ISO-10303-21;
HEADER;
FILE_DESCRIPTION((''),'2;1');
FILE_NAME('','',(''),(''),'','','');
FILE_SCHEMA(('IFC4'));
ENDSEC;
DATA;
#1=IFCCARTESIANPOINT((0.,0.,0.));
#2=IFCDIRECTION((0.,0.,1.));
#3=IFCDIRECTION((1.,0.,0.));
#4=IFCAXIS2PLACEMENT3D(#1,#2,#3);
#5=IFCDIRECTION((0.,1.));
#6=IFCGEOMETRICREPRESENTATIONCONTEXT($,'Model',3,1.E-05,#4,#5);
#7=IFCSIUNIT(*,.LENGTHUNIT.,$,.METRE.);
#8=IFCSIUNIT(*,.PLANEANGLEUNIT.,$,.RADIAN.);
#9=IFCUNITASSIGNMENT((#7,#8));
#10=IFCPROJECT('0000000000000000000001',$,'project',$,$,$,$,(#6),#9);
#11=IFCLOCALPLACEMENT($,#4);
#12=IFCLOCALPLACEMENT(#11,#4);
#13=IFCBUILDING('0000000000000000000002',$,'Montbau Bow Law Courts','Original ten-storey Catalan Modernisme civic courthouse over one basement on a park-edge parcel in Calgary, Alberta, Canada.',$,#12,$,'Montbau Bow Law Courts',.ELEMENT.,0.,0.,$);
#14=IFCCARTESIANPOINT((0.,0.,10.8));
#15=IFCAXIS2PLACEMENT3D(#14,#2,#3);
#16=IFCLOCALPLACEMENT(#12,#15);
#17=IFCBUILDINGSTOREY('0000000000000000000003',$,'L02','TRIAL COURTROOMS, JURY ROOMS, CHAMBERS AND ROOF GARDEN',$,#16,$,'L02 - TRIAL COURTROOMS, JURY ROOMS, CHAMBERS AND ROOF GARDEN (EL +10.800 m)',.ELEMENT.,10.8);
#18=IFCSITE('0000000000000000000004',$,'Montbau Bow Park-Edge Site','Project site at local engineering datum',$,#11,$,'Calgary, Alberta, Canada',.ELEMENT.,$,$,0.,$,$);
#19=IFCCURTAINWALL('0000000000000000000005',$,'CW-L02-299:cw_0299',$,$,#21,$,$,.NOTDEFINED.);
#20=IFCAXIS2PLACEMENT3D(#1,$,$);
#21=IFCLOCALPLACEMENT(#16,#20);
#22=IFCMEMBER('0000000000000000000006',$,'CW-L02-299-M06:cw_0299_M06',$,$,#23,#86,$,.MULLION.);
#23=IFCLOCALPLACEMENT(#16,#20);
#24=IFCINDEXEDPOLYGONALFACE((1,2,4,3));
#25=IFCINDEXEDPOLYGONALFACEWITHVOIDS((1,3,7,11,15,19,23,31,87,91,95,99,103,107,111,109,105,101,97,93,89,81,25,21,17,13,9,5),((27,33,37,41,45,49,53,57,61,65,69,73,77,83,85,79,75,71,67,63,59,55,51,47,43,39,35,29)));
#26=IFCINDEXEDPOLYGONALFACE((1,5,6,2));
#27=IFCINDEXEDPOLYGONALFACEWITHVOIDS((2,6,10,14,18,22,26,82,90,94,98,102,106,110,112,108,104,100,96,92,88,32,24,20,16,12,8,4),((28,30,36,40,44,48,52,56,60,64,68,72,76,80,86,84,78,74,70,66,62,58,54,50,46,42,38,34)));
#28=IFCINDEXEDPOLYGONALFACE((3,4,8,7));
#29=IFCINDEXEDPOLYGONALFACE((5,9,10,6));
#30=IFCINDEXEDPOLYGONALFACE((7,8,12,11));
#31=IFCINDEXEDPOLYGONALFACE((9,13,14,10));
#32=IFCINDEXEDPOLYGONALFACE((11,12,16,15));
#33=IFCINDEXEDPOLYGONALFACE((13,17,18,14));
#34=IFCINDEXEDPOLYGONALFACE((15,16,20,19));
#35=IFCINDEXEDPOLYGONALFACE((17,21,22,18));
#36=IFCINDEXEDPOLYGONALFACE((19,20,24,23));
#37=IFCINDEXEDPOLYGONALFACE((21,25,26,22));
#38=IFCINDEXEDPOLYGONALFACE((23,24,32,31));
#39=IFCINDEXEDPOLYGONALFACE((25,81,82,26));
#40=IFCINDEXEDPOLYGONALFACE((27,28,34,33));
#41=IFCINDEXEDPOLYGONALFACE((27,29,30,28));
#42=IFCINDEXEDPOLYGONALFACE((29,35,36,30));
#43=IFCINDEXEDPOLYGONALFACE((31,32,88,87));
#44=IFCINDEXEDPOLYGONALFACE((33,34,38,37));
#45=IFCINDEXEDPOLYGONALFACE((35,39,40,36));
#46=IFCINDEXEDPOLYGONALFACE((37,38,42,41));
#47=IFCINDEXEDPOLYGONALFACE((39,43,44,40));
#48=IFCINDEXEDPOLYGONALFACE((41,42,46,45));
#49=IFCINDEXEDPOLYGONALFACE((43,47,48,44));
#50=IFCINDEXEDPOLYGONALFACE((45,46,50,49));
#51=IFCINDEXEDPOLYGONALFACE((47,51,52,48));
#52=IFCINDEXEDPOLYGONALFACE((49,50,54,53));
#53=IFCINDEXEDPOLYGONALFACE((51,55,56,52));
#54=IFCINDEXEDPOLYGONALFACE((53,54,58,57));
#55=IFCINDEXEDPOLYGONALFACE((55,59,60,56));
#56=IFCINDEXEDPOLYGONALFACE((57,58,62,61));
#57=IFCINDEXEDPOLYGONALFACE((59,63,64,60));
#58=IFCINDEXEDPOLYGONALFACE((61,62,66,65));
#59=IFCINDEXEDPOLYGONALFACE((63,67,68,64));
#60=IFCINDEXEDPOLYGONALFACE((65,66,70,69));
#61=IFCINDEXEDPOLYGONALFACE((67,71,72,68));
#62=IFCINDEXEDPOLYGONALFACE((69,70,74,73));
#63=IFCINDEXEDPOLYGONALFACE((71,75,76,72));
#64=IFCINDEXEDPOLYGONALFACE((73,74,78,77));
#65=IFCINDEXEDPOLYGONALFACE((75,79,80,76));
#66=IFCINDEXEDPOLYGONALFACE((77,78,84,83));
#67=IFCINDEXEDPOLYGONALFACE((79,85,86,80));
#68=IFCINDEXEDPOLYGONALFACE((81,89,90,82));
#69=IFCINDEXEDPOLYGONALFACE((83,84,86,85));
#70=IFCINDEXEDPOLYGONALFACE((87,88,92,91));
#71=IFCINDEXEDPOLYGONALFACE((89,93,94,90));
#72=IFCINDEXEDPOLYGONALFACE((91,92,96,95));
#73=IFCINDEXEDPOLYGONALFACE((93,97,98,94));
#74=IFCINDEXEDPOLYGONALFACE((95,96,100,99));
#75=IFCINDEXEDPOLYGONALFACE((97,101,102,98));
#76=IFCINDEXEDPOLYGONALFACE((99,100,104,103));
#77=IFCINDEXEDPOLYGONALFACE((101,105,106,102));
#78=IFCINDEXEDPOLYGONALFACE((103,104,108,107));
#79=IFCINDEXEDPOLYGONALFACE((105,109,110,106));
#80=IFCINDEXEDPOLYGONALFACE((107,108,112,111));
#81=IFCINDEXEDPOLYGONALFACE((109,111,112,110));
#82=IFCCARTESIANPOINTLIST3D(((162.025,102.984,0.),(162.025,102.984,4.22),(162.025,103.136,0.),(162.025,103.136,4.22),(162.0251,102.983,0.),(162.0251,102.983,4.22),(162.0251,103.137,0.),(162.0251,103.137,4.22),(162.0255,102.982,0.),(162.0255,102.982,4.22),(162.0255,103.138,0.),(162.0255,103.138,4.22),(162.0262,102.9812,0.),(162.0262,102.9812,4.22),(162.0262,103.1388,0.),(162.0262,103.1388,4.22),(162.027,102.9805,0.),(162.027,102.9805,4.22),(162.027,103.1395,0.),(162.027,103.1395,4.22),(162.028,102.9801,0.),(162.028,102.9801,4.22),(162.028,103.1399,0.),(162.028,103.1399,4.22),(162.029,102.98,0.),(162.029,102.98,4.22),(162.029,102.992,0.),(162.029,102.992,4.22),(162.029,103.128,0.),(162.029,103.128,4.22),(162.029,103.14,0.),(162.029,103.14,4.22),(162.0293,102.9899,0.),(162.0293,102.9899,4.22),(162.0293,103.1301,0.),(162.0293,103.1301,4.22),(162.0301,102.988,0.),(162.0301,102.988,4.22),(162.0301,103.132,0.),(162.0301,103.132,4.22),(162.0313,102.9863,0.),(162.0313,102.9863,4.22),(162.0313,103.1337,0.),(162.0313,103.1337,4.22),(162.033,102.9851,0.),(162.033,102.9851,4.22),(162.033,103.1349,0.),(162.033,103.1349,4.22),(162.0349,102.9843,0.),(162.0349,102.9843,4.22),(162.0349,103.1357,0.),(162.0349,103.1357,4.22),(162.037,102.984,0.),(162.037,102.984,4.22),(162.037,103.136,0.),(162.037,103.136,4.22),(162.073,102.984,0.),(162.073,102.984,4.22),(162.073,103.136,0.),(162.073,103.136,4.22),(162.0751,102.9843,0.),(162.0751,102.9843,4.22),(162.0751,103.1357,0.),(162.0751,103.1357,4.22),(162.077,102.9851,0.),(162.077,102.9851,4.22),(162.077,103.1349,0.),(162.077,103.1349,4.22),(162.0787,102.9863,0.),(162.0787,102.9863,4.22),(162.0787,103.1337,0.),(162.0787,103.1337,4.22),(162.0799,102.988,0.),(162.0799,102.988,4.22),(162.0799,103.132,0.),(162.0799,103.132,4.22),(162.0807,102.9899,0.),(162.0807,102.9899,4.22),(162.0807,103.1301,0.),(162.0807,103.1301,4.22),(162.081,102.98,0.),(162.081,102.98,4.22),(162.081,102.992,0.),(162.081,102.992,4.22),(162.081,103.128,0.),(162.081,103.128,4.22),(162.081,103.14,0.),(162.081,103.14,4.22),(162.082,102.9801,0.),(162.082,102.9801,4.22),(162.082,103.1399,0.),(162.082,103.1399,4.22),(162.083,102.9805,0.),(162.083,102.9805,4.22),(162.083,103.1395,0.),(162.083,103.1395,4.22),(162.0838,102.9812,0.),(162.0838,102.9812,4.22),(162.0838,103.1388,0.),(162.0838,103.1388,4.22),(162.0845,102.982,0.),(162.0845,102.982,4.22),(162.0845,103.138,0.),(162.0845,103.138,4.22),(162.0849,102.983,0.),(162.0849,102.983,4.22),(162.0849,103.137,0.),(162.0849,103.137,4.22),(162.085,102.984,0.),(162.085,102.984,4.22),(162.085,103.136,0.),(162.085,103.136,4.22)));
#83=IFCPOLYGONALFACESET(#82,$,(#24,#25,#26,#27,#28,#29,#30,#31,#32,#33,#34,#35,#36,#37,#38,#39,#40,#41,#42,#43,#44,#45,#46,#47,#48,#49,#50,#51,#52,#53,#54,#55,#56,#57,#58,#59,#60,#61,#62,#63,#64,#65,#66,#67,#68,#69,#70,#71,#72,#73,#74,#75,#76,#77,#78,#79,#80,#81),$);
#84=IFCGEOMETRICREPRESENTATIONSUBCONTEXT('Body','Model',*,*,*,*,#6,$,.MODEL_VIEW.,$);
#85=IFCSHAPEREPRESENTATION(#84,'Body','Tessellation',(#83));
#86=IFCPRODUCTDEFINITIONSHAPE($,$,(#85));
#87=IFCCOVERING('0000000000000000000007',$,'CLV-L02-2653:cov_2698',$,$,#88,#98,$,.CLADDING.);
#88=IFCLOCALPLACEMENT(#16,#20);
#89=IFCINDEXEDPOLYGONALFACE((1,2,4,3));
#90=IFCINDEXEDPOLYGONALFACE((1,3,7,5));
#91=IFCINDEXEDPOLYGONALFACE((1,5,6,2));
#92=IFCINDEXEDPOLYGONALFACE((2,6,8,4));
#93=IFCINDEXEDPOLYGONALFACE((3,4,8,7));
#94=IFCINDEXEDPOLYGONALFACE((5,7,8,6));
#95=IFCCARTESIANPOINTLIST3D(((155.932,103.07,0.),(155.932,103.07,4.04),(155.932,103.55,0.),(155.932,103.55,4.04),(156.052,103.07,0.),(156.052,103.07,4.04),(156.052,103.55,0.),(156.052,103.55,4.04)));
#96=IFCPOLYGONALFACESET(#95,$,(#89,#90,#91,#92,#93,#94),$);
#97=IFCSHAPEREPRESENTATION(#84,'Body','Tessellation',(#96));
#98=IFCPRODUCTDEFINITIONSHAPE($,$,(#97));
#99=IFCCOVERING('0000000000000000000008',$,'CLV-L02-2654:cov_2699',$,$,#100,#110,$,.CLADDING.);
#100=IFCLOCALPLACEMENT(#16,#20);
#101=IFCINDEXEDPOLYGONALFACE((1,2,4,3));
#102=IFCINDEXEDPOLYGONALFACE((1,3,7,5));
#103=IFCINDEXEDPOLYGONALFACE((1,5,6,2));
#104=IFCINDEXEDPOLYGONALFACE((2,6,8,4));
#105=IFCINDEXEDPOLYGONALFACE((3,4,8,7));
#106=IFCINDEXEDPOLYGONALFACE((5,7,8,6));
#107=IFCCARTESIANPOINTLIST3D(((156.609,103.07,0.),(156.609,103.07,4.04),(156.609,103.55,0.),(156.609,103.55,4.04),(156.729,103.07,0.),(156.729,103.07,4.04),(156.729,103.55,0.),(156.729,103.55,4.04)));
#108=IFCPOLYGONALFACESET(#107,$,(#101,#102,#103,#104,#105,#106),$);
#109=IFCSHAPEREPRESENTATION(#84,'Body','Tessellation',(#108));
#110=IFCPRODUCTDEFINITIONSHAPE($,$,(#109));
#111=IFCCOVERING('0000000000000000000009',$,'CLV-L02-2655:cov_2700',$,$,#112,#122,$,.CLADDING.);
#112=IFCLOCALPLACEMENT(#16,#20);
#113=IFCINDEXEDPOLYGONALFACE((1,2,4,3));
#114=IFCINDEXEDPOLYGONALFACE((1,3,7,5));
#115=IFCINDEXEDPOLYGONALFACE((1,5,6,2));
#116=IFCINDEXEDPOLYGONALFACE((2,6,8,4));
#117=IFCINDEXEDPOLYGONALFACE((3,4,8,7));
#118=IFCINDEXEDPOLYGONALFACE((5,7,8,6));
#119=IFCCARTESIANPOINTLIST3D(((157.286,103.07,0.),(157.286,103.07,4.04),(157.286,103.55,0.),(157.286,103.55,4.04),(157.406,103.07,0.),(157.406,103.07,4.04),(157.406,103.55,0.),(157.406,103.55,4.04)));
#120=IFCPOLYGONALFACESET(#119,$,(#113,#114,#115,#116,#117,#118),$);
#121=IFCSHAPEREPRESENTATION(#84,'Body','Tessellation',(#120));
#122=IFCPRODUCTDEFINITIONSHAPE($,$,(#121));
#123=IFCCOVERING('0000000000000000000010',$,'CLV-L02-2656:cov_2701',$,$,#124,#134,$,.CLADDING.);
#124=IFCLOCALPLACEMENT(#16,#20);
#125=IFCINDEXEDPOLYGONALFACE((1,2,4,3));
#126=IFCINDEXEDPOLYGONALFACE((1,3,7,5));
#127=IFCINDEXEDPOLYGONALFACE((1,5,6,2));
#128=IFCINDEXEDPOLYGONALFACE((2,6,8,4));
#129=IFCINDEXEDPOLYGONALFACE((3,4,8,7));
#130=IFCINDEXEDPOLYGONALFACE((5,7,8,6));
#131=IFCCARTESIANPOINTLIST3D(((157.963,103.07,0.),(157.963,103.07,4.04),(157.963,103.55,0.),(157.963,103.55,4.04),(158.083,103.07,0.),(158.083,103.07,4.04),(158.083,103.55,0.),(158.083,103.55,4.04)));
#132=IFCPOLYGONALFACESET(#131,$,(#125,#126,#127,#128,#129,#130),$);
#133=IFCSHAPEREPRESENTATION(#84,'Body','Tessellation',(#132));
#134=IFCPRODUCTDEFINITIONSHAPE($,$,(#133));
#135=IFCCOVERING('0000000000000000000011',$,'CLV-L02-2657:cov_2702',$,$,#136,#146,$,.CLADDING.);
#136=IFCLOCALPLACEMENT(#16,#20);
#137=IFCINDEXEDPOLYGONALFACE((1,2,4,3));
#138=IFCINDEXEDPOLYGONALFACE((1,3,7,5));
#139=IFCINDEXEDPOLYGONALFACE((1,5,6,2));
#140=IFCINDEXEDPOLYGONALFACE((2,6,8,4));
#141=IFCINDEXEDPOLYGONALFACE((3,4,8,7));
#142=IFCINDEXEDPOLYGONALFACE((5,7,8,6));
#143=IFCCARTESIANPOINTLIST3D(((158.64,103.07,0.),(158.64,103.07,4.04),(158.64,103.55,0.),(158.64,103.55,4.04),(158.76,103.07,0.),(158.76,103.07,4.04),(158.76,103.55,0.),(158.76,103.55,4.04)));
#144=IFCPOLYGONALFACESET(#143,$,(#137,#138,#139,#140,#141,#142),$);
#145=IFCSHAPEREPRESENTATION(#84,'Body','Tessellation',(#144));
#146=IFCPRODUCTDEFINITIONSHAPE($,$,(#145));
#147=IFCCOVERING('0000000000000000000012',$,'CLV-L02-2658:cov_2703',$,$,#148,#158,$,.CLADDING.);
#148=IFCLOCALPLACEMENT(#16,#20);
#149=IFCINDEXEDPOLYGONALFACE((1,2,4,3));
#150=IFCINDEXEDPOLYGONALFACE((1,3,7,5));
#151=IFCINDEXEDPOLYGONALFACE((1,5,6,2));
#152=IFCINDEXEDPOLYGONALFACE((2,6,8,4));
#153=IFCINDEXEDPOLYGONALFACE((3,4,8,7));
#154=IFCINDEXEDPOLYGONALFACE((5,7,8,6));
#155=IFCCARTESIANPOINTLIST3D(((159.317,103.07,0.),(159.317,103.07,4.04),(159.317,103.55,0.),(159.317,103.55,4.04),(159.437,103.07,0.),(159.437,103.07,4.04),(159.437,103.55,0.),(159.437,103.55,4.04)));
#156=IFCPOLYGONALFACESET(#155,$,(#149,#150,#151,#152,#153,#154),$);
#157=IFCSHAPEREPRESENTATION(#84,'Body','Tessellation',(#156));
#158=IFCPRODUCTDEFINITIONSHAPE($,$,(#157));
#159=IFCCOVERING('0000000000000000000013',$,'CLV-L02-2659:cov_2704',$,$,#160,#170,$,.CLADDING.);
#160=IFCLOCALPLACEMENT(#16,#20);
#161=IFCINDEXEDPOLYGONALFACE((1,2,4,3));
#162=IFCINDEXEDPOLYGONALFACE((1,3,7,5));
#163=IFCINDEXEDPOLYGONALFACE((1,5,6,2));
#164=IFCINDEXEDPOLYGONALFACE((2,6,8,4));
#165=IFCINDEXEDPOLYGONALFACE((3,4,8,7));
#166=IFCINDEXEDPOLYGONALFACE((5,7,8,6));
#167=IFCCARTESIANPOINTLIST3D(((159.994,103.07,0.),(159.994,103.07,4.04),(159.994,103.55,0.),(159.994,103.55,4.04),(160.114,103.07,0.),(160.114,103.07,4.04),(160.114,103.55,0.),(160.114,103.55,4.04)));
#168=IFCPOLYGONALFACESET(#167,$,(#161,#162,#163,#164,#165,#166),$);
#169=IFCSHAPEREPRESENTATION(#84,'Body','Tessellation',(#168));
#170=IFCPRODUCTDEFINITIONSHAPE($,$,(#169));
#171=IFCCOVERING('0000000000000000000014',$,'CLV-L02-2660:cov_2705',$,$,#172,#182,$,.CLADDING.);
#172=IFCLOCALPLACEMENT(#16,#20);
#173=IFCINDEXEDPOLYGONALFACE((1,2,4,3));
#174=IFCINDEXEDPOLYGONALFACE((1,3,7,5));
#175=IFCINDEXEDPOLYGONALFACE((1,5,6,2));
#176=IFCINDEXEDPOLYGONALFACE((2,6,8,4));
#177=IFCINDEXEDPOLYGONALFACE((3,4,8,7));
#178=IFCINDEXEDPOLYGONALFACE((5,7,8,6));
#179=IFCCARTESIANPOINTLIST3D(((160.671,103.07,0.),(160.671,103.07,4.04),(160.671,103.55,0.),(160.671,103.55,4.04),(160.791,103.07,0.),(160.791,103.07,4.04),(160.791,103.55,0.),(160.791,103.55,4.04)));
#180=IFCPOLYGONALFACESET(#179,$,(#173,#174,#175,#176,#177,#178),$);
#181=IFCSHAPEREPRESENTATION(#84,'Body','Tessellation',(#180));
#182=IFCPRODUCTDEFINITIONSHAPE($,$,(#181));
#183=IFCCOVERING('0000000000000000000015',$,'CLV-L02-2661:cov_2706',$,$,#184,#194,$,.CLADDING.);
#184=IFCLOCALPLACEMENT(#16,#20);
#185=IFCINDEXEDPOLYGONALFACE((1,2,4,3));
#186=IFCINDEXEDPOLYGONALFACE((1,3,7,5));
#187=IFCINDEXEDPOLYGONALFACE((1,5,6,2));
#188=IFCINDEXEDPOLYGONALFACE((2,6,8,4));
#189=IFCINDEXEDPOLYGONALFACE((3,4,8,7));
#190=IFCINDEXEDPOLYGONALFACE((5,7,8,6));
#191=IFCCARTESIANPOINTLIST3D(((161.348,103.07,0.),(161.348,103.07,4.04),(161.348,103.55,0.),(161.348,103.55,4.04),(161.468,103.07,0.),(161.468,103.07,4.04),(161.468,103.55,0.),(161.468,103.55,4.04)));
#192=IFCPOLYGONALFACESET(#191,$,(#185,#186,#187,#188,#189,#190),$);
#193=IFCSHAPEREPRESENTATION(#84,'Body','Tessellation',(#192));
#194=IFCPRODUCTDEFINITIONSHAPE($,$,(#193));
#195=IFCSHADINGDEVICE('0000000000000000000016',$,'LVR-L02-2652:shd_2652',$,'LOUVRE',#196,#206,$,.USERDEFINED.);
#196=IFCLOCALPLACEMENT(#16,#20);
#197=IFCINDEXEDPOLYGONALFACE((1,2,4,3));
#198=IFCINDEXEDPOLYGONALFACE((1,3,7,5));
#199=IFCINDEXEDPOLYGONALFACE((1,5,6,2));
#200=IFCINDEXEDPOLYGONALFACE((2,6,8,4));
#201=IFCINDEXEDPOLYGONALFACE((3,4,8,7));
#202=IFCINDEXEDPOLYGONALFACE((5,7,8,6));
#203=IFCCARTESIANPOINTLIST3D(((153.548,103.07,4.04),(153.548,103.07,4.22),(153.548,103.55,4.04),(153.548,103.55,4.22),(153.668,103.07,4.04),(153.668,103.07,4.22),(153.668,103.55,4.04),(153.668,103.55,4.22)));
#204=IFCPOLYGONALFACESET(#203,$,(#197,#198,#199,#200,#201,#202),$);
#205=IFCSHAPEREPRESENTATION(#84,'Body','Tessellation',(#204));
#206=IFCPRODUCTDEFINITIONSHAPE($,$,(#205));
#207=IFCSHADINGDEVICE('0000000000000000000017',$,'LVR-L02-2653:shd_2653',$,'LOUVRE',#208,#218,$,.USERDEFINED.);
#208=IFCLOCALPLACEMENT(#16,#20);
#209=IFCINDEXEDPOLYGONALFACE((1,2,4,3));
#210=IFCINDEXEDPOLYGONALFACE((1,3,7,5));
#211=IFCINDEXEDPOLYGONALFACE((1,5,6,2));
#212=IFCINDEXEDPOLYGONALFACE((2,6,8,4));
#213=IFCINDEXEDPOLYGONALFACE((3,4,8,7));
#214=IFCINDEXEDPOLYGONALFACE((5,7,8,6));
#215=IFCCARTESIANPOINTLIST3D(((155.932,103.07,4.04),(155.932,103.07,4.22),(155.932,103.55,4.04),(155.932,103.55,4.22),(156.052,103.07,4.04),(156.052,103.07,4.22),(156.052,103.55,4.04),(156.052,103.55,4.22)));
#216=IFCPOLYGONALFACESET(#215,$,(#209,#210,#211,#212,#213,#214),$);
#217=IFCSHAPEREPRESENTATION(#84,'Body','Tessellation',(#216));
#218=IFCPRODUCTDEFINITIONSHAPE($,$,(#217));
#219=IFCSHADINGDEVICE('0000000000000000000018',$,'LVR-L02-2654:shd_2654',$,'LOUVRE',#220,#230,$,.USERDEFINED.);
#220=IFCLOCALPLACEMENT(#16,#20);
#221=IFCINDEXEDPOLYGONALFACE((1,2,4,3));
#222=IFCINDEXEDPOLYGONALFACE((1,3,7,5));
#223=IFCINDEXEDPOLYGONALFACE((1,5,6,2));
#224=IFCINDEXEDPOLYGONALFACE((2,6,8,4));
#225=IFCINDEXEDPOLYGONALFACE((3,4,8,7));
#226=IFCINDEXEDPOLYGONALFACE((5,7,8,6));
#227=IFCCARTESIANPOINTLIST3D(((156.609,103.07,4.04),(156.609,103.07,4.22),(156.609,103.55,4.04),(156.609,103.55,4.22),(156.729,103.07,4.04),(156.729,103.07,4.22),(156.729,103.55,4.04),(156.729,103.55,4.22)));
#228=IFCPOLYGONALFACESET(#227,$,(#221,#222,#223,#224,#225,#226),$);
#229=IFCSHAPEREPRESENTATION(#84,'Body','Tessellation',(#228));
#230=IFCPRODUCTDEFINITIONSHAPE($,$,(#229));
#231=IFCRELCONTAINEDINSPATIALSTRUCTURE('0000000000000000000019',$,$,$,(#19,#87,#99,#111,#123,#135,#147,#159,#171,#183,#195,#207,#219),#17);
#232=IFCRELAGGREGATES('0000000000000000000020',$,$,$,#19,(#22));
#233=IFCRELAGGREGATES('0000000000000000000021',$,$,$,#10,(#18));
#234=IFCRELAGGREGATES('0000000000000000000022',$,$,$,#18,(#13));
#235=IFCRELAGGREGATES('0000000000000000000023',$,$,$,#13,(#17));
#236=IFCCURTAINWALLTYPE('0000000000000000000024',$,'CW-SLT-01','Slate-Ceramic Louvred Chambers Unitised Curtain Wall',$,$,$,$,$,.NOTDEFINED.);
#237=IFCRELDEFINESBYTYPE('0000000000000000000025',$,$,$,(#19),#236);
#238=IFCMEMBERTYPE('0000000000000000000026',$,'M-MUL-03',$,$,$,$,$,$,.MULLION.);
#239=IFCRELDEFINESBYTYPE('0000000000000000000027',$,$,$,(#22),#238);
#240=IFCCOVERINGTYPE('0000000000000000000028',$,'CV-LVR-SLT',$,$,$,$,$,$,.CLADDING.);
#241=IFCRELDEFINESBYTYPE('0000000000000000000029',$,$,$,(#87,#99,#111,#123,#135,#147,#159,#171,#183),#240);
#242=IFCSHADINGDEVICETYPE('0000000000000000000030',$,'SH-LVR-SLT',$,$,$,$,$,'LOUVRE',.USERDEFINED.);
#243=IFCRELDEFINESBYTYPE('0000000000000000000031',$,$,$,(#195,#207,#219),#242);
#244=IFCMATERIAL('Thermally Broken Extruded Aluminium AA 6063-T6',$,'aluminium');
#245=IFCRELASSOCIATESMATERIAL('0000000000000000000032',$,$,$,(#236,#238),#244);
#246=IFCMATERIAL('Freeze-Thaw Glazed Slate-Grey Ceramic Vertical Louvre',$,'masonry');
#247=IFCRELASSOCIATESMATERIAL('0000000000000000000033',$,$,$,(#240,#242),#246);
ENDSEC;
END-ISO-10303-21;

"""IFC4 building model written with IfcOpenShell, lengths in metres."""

from ifc_helpers import new_model, si_unit, direction, frame, frame_2d, origin_with_axes, origin_2d_with_axis, place, context, subcontext, project, spatial, rectangle, hollow_rectangle, extrude, material, material_profile, profile_set, type_object, element, aggregate, save


model = new_model("IFC4")

# Units and contexts
model_context = context("Model", 3, precision=1e-05, world=origin_with_axes(), true_north=direction((0.0, 1.0)))
body_context = subcontext(model_context, "Body", "Model", "MODEL_VIEW")
ifc_project = project(units=[si_unit("LENGTHUNIT", "METRE"), si_unit("PLANEANGLEUNIT", "RADIAN")], contexts=[model_context])

# Site, building, storey
site_placement = place(None, origin_with_axes())
site = spatial("IfcSite", under=ifc_project, at=site_placement, Name="Montbau Bow Park-Edge Site", Description="Project site at local engineering datum", LongName="Calgary, Alberta, Canada", CompositionType="ELEMENT", RefElevation=0.0)
building_placement = place(site_placement, origin_with_axes())
building = spatial("IfcBuilding", under=site, at=building_placement, Name="Montbau Bow Law Courts", Description="Original ten-storey Catalan Modernisme civic courthouse over one basement on a park-edge parcel in Calgary, Alberta, Canada.", LongName="Montbau Bow Law Courts", CompositionType="ELEMENT", ElevationOfRefHeight=0.0, ElevationOfTerrain=0.0)
storey_placement = place(building_placement, frame((0.0, 0.0, 10.8), z_axis=(0.0, 0.0, 1.0), x_axis=(1.0, 0.0, 0.0)))
storey = spatial("IfcBuildingStorey", under=building, at=storey_placement, Name="L02", Description="TRIAL COURTROOMS, JURY ROOMS, CHAMBERS AND ROOF GARDEN", LongName="L02 - TRIAL COURTROOMS, JURY ROOMS, CHAMBERS AND ROOF GARDEN (EL +10.800 m)", CompositionType="ELEMENT", Elevation=10.8)

# Curtain wall, member
ifc_material_1 = material(Name="Thermally Broken Extruded Aluminium AA 6063-T6", Category="aluminium")
curtain_wall_type = type_object("IfcCurtainWallType", Name="CW-SLT-01", Description="Slate-Ceramic Louvred Chambers Unitised Curtain Wall", PredefinedType="NOTDEFINED", material=ifc_material_1)
curtain_wall_1_placement = place(None, frame((155.315, 103.06, 10.8), z_axis=(0.0, 0.0, 1.0), x_axis=(1.0, 0.0, 0.0)))
curtain_wall_1 = element("IfcCurtainWall", 1, at=curtain_wall_1_placement, inside=storey, type_object=curtain_wall_type, Name="CW-L02-299:cw_0299", PredefinedType="NOTDEFINED")
ifc_material_profile_1 = material_profile(ifc_material_1, hollow_rectangle(XDim=0.06, YDim=0.16, WallThickness=0.004, InnerFilletRadius=0.008, OuterFilletRadius=0.004, at=origin_2d_with_axis()), Name="CWM-160X60", Category="Main", Priority=0)
ifc_profile_set_1 = profile_set([ifc_material_profile_1], Name="Thermally Broken Extruded Aluminium AA 6063-T6")
member_type_1 = type_object("IfcMemberType", Name="M-MUL-03", PredefinedType="MULLION", material=ifc_profile_set_1)
member_1_placement = place(None, frame((162.055, 103.06, 10.8), z_axis=(0.0, 0.0, 1.0), x_axis=(1.0, 0.0, 0.0)))
member_1 = element("IfcMember", 2, at=member_1_placement, type_object=member_type_1, Name="CW-L02-299-M06:cw_0299_M06", PredefinedType="MULLION", context=body_context, shape_type="SweptSolid", body=[
    extrude(hollow_rectangle(XDim=0.06, YDim=0.16, WallThickness=0.004, InnerFilletRadius=0.008, OuterFilletRadius=0.004, at=origin_2d_with_axis()), origin_with_axes(), (0.0, 0.0, 1.0), 4.22),
])
aggregate(curtain_wall_1, [member_1])

# Coverings
ifc_material_2 = material(Name="Freeze-Thaw Glazed Slate-Grey Ceramic Vertical Louvre", Category="masonry")
covering_type = type_object("IfcCoveringType", Name="CV-LVR-SLT", PredefinedType="CLADDING", material=ifc_material_2)
for number, where, z_axis, x_axis, name in (
    (3, (155.992, 103.07, 10.8), (1.0, 0.0, 0.0), (0.0, 1.0, 0.0), "CLV-L02-2653:cov_2698"),
    (4, (156.669, 103.07, 10.8), (1.0, 0.0, 0.0), (0.0, 1.0, 0.0), "CLV-L02-2654:cov_2699"),
    (5, (157.346, 103.07, 10.8), (1.0, 0.0, 0.0), (0.0, 1.0, 0.0), "CLV-L02-2655:cov_2700"),
    (6, (158.023, 103.07, 10.8), (1.0, 0.0, 0.0), (0.0, 1.0, 0.0), "CLV-L02-2656:cov_2701"),
    (7, (158.7, 103.07, 10.8), (1.0, 0.0, 0.0), (0.0, 1.0, 0.0), "CLV-L02-2657:cov_2702"),
    (8, (159.377, 103.07, 10.8), (1.0, 0.0, 0.0), (0.0, 1.0, 0.0), "CLV-L02-2658:cov_2703"),
    (9, (160.054, 103.07, 10.8), (1.0, 0.0, 0.0), (0.0, 1.0, 0.0), "CLV-L02-2659:cov_2704"),
    (10, (160.731, 103.07, 10.8), (1.0, 0.0, 0.0), (0.0, 1.0, 0.0), "CLV-L02-2660:cov_2705"),
    (11, (161.408, 103.07, 10.8), (1.0, 0.0, 0.0), (0.0, 1.0, 0.0), "CLV-L02-2661:cov_2706"),
):
    element("IfcCovering", number, at=place(None, frame(where, z_axis=z_axis, x_axis=x_axis)), inside=storey, type_object=covering_type, Name=name, PredefinedType="CLADDING", context=body_context, shape_type="SweptSolid", body=[
        extrude(rectangle(XDim=0.48, YDim=4.04, at=frame_2d((0.24, 2.02), x_axis=(1.0, 0.0))), frame((0.0, 0.0, -0.06), z_axis=(0.0, 0.0, 1.0), x_axis=(1.0, 0.0, 0.0)), (0.0, 0.0, 1.0), 0.12),
    ])

# Shading devices
shading_device_type = type_object("IfcShadingDeviceType", Name="SH-LVR-SLT", ElementType="LOUVRE", PredefinedType="USERDEFINED", material=ifc_material_2)
for number, where, z_axis, x_axis, name in (
    (12, (153.608, 103.31, 14.84), (0.0, 0.0, 1.0), (0.0, 1.0, 0.0), "LVR-L02-2652:shd_2652"),
    (13, (155.992, 103.31, 14.84), (0.0, 0.0, 1.0), (0.0, 1.0, 0.0), "LVR-L02-2653:shd_2653"),
    (14, (156.669, 103.31, 14.84), (0.0, 0.0, 1.0), (0.0, 1.0, 0.0), "LVR-L02-2654:shd_2654"),
):
    element("IfcShadingDevice", number, at=place(None, frame(where, z_axis=z_axis, x_axis=x_axis)), inside=storey, type_object=shading_device_type, Name=name, ObjectType="LOUVRE", PredefinedType="USERDEFINED", context=body_context, shape_type="SweptSolid", body=[
        extrude(rectangle(XDim=0.48, YDim=0.12, at=origin_2d_with_axis()), origin_with_axes(), (0.0, 0.0, 1.0), 0.18),
    ])

save(model, "model.ifc")
